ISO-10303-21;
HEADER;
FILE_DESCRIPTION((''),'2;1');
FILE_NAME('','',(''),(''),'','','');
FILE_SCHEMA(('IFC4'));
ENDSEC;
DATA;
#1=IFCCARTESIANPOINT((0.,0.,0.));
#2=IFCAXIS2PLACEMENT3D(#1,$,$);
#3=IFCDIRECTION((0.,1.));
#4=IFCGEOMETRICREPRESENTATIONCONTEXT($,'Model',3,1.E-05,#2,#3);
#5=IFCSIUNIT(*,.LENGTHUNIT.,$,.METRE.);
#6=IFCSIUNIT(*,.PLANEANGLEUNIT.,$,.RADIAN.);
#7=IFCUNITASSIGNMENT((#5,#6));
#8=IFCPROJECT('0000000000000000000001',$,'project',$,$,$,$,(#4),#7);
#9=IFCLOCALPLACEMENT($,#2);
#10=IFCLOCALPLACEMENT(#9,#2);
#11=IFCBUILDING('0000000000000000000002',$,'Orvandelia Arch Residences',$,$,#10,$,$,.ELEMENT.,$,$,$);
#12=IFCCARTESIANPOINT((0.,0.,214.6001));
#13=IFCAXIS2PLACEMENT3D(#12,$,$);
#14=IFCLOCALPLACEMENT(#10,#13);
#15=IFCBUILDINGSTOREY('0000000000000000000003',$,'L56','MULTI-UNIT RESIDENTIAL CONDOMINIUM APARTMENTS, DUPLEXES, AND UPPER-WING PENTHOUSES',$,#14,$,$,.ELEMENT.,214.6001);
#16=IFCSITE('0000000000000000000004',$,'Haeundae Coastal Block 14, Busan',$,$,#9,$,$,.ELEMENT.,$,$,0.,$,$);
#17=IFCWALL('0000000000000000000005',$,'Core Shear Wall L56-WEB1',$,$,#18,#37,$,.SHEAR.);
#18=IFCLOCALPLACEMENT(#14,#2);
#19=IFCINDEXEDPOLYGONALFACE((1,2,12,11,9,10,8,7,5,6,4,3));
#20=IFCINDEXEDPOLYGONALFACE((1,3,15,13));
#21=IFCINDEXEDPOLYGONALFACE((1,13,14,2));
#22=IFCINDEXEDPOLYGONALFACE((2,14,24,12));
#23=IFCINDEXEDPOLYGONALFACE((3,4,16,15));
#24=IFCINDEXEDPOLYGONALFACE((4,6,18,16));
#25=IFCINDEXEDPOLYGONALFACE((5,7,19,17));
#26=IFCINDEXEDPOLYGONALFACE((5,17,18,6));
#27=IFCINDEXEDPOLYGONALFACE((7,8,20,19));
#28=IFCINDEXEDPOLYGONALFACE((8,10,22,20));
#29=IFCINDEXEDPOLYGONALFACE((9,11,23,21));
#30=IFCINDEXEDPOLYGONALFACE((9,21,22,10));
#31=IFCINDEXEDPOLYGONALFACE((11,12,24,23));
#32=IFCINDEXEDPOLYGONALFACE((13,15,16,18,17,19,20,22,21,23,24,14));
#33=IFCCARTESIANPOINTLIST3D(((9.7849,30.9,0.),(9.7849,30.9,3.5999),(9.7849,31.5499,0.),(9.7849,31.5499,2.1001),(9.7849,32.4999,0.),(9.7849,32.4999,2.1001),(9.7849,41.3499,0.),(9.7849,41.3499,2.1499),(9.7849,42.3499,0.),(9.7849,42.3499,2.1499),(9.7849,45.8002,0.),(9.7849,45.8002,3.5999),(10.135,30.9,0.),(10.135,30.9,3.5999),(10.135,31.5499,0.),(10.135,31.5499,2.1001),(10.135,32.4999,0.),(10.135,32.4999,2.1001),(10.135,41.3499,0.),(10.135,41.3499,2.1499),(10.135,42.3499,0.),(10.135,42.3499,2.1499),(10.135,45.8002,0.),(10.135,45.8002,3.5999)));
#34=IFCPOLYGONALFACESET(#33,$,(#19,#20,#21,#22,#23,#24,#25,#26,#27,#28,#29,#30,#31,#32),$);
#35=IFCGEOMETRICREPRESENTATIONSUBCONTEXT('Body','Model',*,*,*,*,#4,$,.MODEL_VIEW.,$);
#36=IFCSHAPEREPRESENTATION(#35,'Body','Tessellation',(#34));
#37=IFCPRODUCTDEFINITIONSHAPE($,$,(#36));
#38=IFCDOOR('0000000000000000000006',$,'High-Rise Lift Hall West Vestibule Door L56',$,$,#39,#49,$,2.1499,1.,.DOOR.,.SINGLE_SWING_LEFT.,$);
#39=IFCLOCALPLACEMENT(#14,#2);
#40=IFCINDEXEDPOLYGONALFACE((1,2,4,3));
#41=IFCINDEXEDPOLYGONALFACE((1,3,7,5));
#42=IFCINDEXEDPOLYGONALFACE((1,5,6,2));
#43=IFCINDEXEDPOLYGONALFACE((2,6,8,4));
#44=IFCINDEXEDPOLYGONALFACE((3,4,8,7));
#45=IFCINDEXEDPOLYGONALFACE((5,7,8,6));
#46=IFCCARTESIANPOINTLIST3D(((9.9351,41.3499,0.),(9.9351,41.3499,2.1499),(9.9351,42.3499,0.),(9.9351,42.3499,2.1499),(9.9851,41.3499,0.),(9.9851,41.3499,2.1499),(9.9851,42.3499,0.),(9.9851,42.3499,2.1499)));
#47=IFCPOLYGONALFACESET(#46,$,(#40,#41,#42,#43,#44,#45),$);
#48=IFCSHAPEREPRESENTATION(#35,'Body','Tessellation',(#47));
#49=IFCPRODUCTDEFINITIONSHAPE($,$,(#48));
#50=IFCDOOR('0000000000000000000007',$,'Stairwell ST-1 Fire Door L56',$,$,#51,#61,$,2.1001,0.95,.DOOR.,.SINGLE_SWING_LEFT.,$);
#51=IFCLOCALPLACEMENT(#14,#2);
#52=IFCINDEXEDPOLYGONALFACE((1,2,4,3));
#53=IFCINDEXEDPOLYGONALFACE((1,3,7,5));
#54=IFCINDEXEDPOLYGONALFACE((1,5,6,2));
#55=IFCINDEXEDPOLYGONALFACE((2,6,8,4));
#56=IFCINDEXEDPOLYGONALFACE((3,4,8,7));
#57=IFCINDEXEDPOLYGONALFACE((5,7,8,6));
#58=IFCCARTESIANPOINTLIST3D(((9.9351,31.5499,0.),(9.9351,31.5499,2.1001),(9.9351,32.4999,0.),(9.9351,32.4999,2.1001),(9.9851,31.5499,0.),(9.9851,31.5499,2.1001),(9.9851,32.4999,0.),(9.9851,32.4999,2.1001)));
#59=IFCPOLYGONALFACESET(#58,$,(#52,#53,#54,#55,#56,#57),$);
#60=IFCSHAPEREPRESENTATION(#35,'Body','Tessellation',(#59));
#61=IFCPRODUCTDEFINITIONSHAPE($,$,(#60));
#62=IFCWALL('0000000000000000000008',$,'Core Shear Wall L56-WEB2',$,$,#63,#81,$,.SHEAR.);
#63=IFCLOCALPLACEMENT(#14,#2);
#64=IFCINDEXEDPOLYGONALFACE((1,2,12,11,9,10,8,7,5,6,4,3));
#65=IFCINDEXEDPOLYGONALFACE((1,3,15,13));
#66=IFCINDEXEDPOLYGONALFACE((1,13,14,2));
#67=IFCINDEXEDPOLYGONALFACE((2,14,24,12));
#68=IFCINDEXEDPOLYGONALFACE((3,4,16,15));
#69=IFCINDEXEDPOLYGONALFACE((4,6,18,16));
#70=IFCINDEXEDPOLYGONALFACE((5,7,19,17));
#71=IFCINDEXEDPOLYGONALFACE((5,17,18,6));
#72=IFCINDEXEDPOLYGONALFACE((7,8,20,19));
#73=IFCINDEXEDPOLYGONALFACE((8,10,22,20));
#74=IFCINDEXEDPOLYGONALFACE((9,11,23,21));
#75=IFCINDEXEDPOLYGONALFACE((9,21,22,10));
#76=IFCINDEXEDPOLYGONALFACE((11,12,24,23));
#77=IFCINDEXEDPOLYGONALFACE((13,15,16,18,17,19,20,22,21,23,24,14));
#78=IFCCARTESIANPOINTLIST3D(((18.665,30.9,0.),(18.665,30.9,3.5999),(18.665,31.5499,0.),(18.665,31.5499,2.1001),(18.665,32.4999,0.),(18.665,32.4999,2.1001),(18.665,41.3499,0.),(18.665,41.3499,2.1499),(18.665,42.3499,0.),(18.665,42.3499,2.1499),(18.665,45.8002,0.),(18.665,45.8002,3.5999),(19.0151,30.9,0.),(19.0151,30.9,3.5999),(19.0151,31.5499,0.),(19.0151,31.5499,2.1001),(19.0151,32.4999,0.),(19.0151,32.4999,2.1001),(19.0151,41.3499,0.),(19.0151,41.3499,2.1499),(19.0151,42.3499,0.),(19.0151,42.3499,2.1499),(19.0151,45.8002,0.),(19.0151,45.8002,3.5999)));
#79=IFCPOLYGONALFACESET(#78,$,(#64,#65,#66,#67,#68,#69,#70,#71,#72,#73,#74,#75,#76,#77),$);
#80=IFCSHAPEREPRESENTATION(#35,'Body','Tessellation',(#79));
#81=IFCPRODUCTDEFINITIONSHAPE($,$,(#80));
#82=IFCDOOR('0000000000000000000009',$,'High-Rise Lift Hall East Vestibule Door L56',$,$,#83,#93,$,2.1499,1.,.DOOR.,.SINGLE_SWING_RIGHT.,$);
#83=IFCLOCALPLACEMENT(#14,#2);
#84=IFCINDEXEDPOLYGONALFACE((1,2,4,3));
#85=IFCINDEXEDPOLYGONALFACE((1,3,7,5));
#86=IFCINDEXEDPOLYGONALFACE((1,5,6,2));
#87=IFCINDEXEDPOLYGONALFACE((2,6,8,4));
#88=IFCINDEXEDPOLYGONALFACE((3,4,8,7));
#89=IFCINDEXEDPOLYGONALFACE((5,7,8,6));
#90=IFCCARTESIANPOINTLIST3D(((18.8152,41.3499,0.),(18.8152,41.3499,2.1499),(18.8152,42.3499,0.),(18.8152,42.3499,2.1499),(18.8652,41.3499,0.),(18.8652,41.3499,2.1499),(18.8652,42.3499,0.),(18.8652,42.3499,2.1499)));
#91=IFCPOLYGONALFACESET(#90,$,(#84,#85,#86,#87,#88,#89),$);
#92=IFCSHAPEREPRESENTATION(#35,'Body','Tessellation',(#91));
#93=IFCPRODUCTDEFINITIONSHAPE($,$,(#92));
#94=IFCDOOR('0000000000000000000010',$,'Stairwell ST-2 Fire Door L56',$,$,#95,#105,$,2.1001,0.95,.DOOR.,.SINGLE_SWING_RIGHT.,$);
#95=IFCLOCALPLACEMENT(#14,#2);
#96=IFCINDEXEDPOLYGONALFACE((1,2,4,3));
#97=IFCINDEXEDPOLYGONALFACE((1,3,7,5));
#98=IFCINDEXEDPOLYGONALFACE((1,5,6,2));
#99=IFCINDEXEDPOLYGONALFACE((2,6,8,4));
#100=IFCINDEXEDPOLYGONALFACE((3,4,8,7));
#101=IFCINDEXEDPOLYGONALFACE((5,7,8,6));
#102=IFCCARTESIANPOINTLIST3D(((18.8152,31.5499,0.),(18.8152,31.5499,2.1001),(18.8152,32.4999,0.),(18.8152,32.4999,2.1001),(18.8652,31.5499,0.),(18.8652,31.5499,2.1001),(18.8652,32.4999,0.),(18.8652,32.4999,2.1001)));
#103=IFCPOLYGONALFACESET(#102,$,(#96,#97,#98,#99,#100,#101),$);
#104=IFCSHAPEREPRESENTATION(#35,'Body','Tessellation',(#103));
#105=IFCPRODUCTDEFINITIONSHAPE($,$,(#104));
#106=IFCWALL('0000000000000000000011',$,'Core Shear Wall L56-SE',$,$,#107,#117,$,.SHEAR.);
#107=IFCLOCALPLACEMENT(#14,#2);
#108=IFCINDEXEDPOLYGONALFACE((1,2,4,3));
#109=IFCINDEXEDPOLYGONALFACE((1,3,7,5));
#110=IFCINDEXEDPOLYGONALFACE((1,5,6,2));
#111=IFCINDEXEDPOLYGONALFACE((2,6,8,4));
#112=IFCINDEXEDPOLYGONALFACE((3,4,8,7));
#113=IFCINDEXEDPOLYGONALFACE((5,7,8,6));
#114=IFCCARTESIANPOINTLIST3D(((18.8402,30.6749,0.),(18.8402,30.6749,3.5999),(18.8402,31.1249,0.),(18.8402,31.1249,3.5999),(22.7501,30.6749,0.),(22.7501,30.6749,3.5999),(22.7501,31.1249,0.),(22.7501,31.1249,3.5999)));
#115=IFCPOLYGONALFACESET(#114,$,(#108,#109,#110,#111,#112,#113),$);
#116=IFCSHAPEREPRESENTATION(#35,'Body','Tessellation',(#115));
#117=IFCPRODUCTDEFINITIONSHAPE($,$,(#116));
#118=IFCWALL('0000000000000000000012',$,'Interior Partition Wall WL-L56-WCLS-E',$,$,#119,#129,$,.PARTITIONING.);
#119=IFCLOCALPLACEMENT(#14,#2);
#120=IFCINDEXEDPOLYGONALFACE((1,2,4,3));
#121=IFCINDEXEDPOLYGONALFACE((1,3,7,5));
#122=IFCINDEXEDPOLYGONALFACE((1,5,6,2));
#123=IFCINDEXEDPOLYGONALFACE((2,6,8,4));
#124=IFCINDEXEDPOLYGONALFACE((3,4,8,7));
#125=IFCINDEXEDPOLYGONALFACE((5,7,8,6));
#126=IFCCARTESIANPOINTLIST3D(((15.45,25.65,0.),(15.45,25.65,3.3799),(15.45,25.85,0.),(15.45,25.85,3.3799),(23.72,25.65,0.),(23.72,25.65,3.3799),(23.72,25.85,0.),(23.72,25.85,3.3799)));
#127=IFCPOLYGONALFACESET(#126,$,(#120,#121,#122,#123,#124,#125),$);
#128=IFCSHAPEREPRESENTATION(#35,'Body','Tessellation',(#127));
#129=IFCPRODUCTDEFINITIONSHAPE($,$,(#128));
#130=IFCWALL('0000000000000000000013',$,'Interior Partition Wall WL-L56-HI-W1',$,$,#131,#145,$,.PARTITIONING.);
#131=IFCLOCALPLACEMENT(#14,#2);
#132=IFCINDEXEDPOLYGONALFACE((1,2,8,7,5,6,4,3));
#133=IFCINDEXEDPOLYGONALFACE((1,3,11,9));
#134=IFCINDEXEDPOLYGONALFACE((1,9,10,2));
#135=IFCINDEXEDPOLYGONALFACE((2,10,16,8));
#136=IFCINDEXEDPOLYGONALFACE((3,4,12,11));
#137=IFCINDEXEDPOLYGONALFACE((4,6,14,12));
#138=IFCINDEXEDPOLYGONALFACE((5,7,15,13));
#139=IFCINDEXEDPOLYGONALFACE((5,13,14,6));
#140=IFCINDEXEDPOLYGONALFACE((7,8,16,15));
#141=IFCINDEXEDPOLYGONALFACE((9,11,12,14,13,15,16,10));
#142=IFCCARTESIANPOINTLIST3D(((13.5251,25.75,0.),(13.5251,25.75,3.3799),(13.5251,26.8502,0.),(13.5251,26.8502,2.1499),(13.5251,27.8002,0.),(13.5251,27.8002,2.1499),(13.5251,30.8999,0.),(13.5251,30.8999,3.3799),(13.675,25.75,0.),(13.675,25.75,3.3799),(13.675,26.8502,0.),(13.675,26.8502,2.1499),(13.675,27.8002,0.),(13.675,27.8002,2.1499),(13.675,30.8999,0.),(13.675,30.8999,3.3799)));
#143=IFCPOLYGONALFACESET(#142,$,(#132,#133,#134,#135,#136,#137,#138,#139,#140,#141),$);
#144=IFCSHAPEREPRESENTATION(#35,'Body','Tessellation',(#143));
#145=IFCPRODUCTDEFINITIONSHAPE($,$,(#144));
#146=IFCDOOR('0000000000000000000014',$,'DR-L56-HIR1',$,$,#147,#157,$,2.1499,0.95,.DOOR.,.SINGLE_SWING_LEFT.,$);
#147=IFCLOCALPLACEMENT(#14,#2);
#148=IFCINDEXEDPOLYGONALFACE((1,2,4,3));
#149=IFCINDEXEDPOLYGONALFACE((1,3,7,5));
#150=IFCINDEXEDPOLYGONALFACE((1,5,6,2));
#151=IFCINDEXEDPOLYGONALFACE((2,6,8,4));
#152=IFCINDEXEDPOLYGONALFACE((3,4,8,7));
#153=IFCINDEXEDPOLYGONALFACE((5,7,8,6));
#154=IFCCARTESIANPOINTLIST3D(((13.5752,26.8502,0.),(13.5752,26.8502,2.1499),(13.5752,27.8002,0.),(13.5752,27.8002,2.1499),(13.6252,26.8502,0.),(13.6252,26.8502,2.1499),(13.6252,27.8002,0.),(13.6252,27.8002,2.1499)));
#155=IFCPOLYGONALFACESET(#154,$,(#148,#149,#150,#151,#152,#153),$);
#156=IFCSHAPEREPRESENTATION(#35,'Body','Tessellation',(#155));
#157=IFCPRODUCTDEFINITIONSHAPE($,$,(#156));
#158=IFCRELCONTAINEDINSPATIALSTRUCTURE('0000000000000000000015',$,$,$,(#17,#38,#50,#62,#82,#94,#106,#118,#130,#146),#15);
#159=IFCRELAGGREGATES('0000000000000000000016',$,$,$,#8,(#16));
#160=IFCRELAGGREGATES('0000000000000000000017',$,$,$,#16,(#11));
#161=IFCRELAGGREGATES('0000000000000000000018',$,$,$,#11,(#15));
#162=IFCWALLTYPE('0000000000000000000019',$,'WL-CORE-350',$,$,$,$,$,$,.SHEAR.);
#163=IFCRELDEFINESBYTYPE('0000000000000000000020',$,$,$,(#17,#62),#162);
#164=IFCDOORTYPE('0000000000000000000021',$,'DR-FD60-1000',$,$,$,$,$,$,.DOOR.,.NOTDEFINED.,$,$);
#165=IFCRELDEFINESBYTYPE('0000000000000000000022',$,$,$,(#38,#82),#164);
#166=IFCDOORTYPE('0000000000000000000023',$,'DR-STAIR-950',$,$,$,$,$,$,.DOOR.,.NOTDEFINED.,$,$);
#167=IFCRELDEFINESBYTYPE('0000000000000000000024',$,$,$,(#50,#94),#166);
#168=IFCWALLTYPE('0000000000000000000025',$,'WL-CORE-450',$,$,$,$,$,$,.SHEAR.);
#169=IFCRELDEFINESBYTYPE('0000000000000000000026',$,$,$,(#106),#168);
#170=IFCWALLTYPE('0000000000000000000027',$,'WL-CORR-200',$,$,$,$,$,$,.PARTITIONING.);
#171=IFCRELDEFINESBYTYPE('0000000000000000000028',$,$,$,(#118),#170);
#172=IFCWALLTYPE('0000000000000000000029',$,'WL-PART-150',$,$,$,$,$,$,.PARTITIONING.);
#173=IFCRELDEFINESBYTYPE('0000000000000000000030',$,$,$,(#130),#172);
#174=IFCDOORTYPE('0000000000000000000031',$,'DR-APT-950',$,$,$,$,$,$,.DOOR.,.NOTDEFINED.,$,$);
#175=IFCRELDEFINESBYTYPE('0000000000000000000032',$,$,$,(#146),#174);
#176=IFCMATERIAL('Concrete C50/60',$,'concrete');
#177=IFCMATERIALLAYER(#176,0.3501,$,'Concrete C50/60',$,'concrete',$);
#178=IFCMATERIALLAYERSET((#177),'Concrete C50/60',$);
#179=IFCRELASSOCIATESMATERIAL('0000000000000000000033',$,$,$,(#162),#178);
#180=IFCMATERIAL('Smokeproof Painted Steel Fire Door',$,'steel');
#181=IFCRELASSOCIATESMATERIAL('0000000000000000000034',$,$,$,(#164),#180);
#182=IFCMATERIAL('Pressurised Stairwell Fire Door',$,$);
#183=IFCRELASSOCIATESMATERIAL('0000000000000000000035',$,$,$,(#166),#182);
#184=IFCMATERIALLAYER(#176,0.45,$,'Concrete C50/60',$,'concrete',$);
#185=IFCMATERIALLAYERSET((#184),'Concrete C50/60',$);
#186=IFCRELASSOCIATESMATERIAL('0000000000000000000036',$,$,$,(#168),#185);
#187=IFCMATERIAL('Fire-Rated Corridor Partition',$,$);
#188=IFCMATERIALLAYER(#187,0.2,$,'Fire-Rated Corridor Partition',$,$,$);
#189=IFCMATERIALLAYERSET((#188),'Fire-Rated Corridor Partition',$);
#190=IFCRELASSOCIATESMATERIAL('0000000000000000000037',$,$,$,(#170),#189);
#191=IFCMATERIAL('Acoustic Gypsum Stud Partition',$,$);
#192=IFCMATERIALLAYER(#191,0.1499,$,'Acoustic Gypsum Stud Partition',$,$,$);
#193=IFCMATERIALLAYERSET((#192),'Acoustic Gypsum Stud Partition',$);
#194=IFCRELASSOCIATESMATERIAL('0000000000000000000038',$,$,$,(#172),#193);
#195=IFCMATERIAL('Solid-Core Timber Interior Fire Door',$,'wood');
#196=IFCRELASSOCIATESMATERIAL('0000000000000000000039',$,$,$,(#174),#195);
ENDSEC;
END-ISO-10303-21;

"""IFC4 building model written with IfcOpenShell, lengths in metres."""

from ifc_helpers import new_model, si_unit, direction, frame, frame_2d, origin, place, context, subcontext, project, spatial, rectangle, extrude, material, layer, layer_set, type_object, element, fill, save


model = new_model("IFC4")

# Units and contexts
model_context = context("Model", 3, precision=1e-05, world=origin(), true_north=direction((0.0, 1.0)))
body_context = subcontext(model_context, "Body", "Model", "MODEL_VIEW")
ifc_project = project(units=[si_unit("LENGTHUNIT", "METRE"), si_unit("PLANEANGLEUNIT", "RADIAN")], contexts=[model_context])

# Site, building, storey
site_placement = place(None, origin())
site = spatial("IfcSite", under=ifc_project, at=site_placement, Name="Haeundae Coastal Block 14, Busan", CompositionType="ELEMENT", RefElevation=0.0)
building_placement = place(site_placement, origin())
building = spatial("IfcBuilding", under=site, at=building_placement, Name="Orvandelia Arch Residences", CompositionType="ELEMENT")
storey_placement = place(building_placement, frame((0.0, 0.0, 214.6001)))
storey = spatial("IfcBuildingStorey", under=building, at=storey_placement, Name="L56", Description="MULTI-UNIT RESIDENTIAL CONDOMINIUM APARTMENTS, DUPLEXES, AND UPPER-WING PENTHOUSES", CompositionType="ELEMENT", Elevation=214.6001)

# Walls, openings, doors
ifc_material_1 = material(Name="Concrete C50/60", Category="concrete")
ifc_layer_1 = layer(ifc_material_1, 0.3501, Name="Concrete C50/60", Category="concrete")
ifc_layer_set_1 = layer_set([ifc_layer_1], Name="Concrete C50/60")
wall_type_1 = type_object("IfcWallType", Name="WL-CORE-350", PredefinedType="SHEAR", material=ifc_layer_set_1)
wall_1_placement = place(storey_placement, frame((9.96, 30.8999, 0.0), z_axis=(0.0, 0.0, 1.0), x_axis=(0.0, 1.0, 0.0)))
wall_1 = element("IfcWall", 1, at=wall_1_placement, inside=storey, type_object=wall_type_1, Name="Core Shear Wall L56-WEB1", PredefinedType="SHEAR", context=body_context, shape_type="SweptSolid", body=[
    extrude(rectangle(XDim=14.9001, YDim=0.3501, at=frame_2d((7.4502, 0.0))), origin(), (0.0, 0.0, 1.0), 3.5999),
])
opening_1_placement = place(wall_1_placement, frame((0.6499, 0.0, 0.0)))
opening_1 = element("IfcOpeningElement", 2, at=opening_1_placement, cuts=wall_1, PredefinedType="OPENING", context=body_context, shape_type="SweptSolid", body=[
    extrude(rectangle(XDim=0.95, YDim=2.1001, at=frame_2d((0.4751, 1.05))), frame((0.0, 0.1851, 0.0), z_axis=(0.0, -1.0, 0.0), x_axis=(1.0, 0.0, 0.0)), (0.0, 0.0, 1.0), 0.3701),
])
opening_2_placement = place(wall_1_placement, frame((10.45, 0.0, 0.0)))
opening_2 = element("IfcOpeningElement", 3, at=opening_2_placement, cuts=wall_1, PredefinedType="OPENING", context=body_context, shape_type="SweptSolid", body=[
    extrude(rectangle(XDim=1.0, YDim=2.1499, at=frame_2d((0.5, 1.075))), frame((0.0, 0.1851, 0.0), z_axis=(0.0, -1.0, 0.0), x_axis=(1.0, 0.0, 0.0)), (0.0, 0.0, 1.0), 0.3701),
])
ifc_material_2 = material(Name="Smokeproof Painted Steel Fire Door", Category="steel")
door_type_1 = type_object("IfcDoorType", Name="DR-FD60-1000", OperationType="NOTDEFINED", PredefinedType="DOOR", material=ifc_material_2)
door_1_placement = place(opening_2_placement, origin())
door_1 = element("IfcDoor", 4, at=door_1_placement, inside=storey, type_object=door_type_1, Name="High-Rise Lift Hall West Vestibule Door L56", OperationType="SINGLE_SWING_LEFT", OverallHeight=2.1499, OverallWidth=1.0, PredefinedType="DOOR", context=body_context, shape_type="SweptSolid", body=[
    extrude(rectangle(XDim=1.0, YDim=2.1499, at=frame_2d((0.5, 1.075))), frame((0.0, 0.0249, 0.0), z_axis=(0.0, -1.0, 0.0), x_axis=(1.0, 0.0, 0.0)), (0.0, 0.0, 1.0), 0.05),
])
fill(opening_2, door_1)
ifc_material_3 = material(Name="Pressurised Stairwell Fire Door")
door_type_2 = type_object("IfcDoorType", Name="DR-STAIR-950", OperationType="NOTDEFINED", PredefinedType="DOOR", material=ifc_material_3)
door_2_placement = place(opening_1_placement, origin())
door_2 = element("IfcDoor", 5, at=door_2_placement, inside=storey, type_object=door_type_2, Name="Stairwell ST-1 Fire Door L56", OperationType="SINGLE_SWING_LEFT", OverallHeight=2.1001, OverallWidth=0.95, PredefinedType="DOOR", context=body_context, shape_type="SweptSolid", body=[
    extrude(rectangle(XDim=0.95, YDim=2.1001, at=frame_2d((0.4751, 1.05))), frame((0.0, 0.0249, 0.0), z_axis=(0.0, -1.0, 0.0), x_axis=(1.0, 0.0, 0.0)), (0.0, 0.0, 1.0), 0.05),
])
fill(opening_1, door_2)
wall_2_placement = place(storey_placement, frame((18.8401, 30.8999, 0.0), z_axis=(0.0, 0.0, 1.0), x_axis=(0.0, 1.0, 0.0)))
wall_2 = element("IfcWall", 6, at=wall_2_placement, inside=storey, type_object=wall_type_1, Name="Core Shear Wall L56-WEB2", PredefinedType="SHEAR", context=body_context, shape_type="SweptSolid", body=[
    extrude(rectangle(XDim=14.9001, YDim=0.3501, at=frame_2d((7.4502, 0.0))), origin(), (0.0, 0.0, 1.0), 3.5999),
])
opening_3_placement = place(wall_2_placement, frame((0.6499, 0.0, 0.0)))
opening_3 = element("IfcOpeningElement", 7, at=opening_3_placement, cuts=wall_2, PredefinedType="OPENING", context=body_context, shape_type="SweptSolid", body=[
    extrude(rectangle(XDim=0.95, YDim=2.1001, at=frame_2d((0.4751, 1.05))), frame((0.0, 0.1851, 0.0), z_axis=(0.0, -1.0, 0.0), x_axis=(1.0, 0.0, 0.0)), (0.0, 0.0, 1.0), 0.3701),
])
opening_4_placement = place(wall_2_placement, frame((10.45, 0.0, 0.0)))
opening_4 = element("IfcOpeningElement", 8, at=opening_4_placement, cuts=wall_2, PredefinedType="OPENING", context=body_context, shape_type="SweptSolid", body=[
    extrude(rectangle(XDim=1.0, YDim=2.1499, at=frame_2d((0.5, 1.075))), frame((0.0, 0.1851, 0.0), z_axis=(0.0, -1.0, 0.0), x_axis=(1.0, 0.0, 0.0)), (0.0, 0.0, 1.0), 0.3701),
])
door_3_placement = place(opening_4_placement, origin())
door_3 = element("IfcDoor", 9, at=door_3_placement, inside=storey, type_object=door_type_1, Name="High-Rise Lift Hall East Vestibule Door L56", OperationType="SINGLE_SWING_RIGHT", OverallHeight=2.1499, OverallWidth=1.0, PredefinedType="DOOR", context=body_context, shape_type="SweptSolid", body=[
    extrude(rectangle(XDim=1.0, YDim=2.1499, at=frame_2d((0.5, 1.075))), frame((0.0, 0.0249, 0.0), z_axis=(0.0, -1.0, 0.0), x_axis=(1.0, 0.0, 0.0)), (0.0, 0.0, 1.0), 0.05),
])
fill(opening_4, door_3)
door_4_placement = place(opening_3_placement, origin())
door_4 = element("IfcDoor", 10, at=door_4_placement, inside=storey, type_object=door_type_2, Name="Stairwell ST-2 Fire Door L56", OperationType="SINGLE_SWING_RIGHT", OverallHeight=2.1001, OverallWidth=0.95, PredefinedType="DOOR", context=body_context, shape_type="SweptSolid", body=[
    extrude(rectangle(XDim=0.95, YDim=2.1001, at=frame_2d((0.4751, 1.05))), frame((0.0, 0.0249, 0.0), z_axis=(0.0, -1.0, 0.0), x_axis=(1.0, 0.0, 0.0)), (0.0, 0.0, 1.0), 0.05),
])
fill(opening_3, door_4)

# Shared definitions
ifc_layer_2 = layer(ifc_material_1, 0.45, Name="Concrete C50/60", Category="concrete")
ifc_layer_set_2 = layer_set([ifc_layer_2], Name="Concrete C50/60")
wall_type_2 = type_object("IfcWallType", Name="WL-CORE-450", PredefinedType="SHEAR", material=ifc_layer_set_2)

# Walls
wall_3_placement = place(storey_placement, frame((18.8401, 30.8999, 0.0), z_axis=(0.0, 0.0, 1.0), x_axis=(1.0, 0.0, 0.0)))
element("IfcWall", 11, at=wall_3_placement, inside=storey, type_object=wall_type_2, Name="Core Shear Wall L56-SE", PredefinedType="SHEAR", context=body_context, shape_type="SweptSolid", body=[
    extrude(rectangle(XDim=3.9099, YDim=0.45, at=frame_2d((1.9551, 0.0))), origin(), (0.0, 0.0, 1.0), 3.5999),
])
ifc_material_4 = material(Name="Fire-Rated Corridor Partition")
ifc_layer_3 = layer(ifc_material_4, 0.2, Name="Fire-Rated Corridor Partition")
ifc_layer_set_3 = layer_set([ifc_layer_3], Name="Fire-Rated Corridor Partition")
wall_type_3 = type_object("IfcWallType", Name="WL-CORR-200", PredefinedType="PARTITIONING", material=ifc_layer_set_3)
wall_4_placement = place(storey_placement, frame((15.45, 25.75, 0.0), z_axis=(0.0, 0.0, 1.0), x_axis=(1.0, 0.0, 0.0)))
element("IfcWall", 12, at=wall_4_placement, inside=storey, type_object=wall_type_3, Name="Interior Partition Wall WL-L56-WCLS-E", PredefinedType="PARTITIONING", context=body_context, shape_type="SweptSolid", body=[
    extrude(rectangle(XDim=8.27, YDim=0.2, at=frame_2d((4.135, 0.0))), origin(), (0.0, 0.0, 1.0), 3.3799),
])

# Wall, opening, door
ifc_material_5 = material(Name="Acoustic Gypsum Stud Partition")
ifc_layer_4 = layer(ifc_material_5, 0.1499, Name="Acoustic Gypsum Stud Partition")
ifc_layer_set_4 = layer_set([ifc_layer_4], Name="Acoustic Gypsum Stud Partition")
wall_type_4 = type_object("IfcWallType", Name="WL-PART-150", PredefinedType="PARTITIONING", material=ifc_layer_set_4)
wall_5_placement = place(storey_placement, frame((13.6001, 25.75, 0.0), z_axis=(0.0, 0.0, 1.0), x_axis=(0.0, 1.0, 0.0)))
wall_5 = element("IfcWall", 13, at=wall_5_placement, inside=storey, type_object=wall_type_4, Name="Interior Partition Wall WL-L56-HI-W1", PredefinedType="PARTITIONING", context=body_context, shape_type="SweptSolid", body=[
    extrude(rectangle(XDim=5.1499, YDim=0.1499, at=frame_2d((2.575, 0.0))), origin(), (0.0, 0.0, 1.0), 3.3799),
])
opening_5_placement = place(wall_5_placement, frame((1.1001, 0.0, 0.0)))
opening_5 = element("IfcOpeningElement", 14, at=opening_5_placement, cuts=wall_5, PredefinedType="OPENING", context=body_context, shape_type="SweptSolid", body=[
    extrude(rectangle(XDim=0.95, YDim=2.1499, at=frame_2d((0.4751, 1.075))), frame((0.0, 0.085, 0.0), z_axis=(0.0, -1.0, 0.0), x_axis=(1.0, 0.0, 0.0)), (0.0, 0.0, 1.0), 0.1699),
])
ifc_material_6 = material(Name="Solid-Core Timber Interior Fire Door", Category="wood")
door_type_3 = type_object("IfcDoorType", Name="DR-APT-950", OperationType="NOTDEFINED", PredefinedType="DOOR", material=ifc_material_6)
door_5_placement = place(opening_5_placement, origin())
door_5 = element("IfcDoor", 15, at=door_5_placement, inside=storey, type_object=door_type_3, Name="DR-L56-HIR1", OperationType="SINGLE_SWING_LEFT", OverallHeight=2.1499, OverallWidth=0.95, PredefinedType="DOOR", context=body_context, shape_type="SweptSolid", body=[
    extrude(rectangle(XDim=0.95, YDim=2.1499, at=frame_2d((0.4751, 1.075))), frame((0.0, 0.0249, 0.0), z_axis=(0.0, -1.0, 0.0), x_axis=(1.0, 0.0, 0.0)), (0.0, 0.0, 1.0), 0.05),
])
fill(opening_5, door_5)

save(model, "model.ifc")
